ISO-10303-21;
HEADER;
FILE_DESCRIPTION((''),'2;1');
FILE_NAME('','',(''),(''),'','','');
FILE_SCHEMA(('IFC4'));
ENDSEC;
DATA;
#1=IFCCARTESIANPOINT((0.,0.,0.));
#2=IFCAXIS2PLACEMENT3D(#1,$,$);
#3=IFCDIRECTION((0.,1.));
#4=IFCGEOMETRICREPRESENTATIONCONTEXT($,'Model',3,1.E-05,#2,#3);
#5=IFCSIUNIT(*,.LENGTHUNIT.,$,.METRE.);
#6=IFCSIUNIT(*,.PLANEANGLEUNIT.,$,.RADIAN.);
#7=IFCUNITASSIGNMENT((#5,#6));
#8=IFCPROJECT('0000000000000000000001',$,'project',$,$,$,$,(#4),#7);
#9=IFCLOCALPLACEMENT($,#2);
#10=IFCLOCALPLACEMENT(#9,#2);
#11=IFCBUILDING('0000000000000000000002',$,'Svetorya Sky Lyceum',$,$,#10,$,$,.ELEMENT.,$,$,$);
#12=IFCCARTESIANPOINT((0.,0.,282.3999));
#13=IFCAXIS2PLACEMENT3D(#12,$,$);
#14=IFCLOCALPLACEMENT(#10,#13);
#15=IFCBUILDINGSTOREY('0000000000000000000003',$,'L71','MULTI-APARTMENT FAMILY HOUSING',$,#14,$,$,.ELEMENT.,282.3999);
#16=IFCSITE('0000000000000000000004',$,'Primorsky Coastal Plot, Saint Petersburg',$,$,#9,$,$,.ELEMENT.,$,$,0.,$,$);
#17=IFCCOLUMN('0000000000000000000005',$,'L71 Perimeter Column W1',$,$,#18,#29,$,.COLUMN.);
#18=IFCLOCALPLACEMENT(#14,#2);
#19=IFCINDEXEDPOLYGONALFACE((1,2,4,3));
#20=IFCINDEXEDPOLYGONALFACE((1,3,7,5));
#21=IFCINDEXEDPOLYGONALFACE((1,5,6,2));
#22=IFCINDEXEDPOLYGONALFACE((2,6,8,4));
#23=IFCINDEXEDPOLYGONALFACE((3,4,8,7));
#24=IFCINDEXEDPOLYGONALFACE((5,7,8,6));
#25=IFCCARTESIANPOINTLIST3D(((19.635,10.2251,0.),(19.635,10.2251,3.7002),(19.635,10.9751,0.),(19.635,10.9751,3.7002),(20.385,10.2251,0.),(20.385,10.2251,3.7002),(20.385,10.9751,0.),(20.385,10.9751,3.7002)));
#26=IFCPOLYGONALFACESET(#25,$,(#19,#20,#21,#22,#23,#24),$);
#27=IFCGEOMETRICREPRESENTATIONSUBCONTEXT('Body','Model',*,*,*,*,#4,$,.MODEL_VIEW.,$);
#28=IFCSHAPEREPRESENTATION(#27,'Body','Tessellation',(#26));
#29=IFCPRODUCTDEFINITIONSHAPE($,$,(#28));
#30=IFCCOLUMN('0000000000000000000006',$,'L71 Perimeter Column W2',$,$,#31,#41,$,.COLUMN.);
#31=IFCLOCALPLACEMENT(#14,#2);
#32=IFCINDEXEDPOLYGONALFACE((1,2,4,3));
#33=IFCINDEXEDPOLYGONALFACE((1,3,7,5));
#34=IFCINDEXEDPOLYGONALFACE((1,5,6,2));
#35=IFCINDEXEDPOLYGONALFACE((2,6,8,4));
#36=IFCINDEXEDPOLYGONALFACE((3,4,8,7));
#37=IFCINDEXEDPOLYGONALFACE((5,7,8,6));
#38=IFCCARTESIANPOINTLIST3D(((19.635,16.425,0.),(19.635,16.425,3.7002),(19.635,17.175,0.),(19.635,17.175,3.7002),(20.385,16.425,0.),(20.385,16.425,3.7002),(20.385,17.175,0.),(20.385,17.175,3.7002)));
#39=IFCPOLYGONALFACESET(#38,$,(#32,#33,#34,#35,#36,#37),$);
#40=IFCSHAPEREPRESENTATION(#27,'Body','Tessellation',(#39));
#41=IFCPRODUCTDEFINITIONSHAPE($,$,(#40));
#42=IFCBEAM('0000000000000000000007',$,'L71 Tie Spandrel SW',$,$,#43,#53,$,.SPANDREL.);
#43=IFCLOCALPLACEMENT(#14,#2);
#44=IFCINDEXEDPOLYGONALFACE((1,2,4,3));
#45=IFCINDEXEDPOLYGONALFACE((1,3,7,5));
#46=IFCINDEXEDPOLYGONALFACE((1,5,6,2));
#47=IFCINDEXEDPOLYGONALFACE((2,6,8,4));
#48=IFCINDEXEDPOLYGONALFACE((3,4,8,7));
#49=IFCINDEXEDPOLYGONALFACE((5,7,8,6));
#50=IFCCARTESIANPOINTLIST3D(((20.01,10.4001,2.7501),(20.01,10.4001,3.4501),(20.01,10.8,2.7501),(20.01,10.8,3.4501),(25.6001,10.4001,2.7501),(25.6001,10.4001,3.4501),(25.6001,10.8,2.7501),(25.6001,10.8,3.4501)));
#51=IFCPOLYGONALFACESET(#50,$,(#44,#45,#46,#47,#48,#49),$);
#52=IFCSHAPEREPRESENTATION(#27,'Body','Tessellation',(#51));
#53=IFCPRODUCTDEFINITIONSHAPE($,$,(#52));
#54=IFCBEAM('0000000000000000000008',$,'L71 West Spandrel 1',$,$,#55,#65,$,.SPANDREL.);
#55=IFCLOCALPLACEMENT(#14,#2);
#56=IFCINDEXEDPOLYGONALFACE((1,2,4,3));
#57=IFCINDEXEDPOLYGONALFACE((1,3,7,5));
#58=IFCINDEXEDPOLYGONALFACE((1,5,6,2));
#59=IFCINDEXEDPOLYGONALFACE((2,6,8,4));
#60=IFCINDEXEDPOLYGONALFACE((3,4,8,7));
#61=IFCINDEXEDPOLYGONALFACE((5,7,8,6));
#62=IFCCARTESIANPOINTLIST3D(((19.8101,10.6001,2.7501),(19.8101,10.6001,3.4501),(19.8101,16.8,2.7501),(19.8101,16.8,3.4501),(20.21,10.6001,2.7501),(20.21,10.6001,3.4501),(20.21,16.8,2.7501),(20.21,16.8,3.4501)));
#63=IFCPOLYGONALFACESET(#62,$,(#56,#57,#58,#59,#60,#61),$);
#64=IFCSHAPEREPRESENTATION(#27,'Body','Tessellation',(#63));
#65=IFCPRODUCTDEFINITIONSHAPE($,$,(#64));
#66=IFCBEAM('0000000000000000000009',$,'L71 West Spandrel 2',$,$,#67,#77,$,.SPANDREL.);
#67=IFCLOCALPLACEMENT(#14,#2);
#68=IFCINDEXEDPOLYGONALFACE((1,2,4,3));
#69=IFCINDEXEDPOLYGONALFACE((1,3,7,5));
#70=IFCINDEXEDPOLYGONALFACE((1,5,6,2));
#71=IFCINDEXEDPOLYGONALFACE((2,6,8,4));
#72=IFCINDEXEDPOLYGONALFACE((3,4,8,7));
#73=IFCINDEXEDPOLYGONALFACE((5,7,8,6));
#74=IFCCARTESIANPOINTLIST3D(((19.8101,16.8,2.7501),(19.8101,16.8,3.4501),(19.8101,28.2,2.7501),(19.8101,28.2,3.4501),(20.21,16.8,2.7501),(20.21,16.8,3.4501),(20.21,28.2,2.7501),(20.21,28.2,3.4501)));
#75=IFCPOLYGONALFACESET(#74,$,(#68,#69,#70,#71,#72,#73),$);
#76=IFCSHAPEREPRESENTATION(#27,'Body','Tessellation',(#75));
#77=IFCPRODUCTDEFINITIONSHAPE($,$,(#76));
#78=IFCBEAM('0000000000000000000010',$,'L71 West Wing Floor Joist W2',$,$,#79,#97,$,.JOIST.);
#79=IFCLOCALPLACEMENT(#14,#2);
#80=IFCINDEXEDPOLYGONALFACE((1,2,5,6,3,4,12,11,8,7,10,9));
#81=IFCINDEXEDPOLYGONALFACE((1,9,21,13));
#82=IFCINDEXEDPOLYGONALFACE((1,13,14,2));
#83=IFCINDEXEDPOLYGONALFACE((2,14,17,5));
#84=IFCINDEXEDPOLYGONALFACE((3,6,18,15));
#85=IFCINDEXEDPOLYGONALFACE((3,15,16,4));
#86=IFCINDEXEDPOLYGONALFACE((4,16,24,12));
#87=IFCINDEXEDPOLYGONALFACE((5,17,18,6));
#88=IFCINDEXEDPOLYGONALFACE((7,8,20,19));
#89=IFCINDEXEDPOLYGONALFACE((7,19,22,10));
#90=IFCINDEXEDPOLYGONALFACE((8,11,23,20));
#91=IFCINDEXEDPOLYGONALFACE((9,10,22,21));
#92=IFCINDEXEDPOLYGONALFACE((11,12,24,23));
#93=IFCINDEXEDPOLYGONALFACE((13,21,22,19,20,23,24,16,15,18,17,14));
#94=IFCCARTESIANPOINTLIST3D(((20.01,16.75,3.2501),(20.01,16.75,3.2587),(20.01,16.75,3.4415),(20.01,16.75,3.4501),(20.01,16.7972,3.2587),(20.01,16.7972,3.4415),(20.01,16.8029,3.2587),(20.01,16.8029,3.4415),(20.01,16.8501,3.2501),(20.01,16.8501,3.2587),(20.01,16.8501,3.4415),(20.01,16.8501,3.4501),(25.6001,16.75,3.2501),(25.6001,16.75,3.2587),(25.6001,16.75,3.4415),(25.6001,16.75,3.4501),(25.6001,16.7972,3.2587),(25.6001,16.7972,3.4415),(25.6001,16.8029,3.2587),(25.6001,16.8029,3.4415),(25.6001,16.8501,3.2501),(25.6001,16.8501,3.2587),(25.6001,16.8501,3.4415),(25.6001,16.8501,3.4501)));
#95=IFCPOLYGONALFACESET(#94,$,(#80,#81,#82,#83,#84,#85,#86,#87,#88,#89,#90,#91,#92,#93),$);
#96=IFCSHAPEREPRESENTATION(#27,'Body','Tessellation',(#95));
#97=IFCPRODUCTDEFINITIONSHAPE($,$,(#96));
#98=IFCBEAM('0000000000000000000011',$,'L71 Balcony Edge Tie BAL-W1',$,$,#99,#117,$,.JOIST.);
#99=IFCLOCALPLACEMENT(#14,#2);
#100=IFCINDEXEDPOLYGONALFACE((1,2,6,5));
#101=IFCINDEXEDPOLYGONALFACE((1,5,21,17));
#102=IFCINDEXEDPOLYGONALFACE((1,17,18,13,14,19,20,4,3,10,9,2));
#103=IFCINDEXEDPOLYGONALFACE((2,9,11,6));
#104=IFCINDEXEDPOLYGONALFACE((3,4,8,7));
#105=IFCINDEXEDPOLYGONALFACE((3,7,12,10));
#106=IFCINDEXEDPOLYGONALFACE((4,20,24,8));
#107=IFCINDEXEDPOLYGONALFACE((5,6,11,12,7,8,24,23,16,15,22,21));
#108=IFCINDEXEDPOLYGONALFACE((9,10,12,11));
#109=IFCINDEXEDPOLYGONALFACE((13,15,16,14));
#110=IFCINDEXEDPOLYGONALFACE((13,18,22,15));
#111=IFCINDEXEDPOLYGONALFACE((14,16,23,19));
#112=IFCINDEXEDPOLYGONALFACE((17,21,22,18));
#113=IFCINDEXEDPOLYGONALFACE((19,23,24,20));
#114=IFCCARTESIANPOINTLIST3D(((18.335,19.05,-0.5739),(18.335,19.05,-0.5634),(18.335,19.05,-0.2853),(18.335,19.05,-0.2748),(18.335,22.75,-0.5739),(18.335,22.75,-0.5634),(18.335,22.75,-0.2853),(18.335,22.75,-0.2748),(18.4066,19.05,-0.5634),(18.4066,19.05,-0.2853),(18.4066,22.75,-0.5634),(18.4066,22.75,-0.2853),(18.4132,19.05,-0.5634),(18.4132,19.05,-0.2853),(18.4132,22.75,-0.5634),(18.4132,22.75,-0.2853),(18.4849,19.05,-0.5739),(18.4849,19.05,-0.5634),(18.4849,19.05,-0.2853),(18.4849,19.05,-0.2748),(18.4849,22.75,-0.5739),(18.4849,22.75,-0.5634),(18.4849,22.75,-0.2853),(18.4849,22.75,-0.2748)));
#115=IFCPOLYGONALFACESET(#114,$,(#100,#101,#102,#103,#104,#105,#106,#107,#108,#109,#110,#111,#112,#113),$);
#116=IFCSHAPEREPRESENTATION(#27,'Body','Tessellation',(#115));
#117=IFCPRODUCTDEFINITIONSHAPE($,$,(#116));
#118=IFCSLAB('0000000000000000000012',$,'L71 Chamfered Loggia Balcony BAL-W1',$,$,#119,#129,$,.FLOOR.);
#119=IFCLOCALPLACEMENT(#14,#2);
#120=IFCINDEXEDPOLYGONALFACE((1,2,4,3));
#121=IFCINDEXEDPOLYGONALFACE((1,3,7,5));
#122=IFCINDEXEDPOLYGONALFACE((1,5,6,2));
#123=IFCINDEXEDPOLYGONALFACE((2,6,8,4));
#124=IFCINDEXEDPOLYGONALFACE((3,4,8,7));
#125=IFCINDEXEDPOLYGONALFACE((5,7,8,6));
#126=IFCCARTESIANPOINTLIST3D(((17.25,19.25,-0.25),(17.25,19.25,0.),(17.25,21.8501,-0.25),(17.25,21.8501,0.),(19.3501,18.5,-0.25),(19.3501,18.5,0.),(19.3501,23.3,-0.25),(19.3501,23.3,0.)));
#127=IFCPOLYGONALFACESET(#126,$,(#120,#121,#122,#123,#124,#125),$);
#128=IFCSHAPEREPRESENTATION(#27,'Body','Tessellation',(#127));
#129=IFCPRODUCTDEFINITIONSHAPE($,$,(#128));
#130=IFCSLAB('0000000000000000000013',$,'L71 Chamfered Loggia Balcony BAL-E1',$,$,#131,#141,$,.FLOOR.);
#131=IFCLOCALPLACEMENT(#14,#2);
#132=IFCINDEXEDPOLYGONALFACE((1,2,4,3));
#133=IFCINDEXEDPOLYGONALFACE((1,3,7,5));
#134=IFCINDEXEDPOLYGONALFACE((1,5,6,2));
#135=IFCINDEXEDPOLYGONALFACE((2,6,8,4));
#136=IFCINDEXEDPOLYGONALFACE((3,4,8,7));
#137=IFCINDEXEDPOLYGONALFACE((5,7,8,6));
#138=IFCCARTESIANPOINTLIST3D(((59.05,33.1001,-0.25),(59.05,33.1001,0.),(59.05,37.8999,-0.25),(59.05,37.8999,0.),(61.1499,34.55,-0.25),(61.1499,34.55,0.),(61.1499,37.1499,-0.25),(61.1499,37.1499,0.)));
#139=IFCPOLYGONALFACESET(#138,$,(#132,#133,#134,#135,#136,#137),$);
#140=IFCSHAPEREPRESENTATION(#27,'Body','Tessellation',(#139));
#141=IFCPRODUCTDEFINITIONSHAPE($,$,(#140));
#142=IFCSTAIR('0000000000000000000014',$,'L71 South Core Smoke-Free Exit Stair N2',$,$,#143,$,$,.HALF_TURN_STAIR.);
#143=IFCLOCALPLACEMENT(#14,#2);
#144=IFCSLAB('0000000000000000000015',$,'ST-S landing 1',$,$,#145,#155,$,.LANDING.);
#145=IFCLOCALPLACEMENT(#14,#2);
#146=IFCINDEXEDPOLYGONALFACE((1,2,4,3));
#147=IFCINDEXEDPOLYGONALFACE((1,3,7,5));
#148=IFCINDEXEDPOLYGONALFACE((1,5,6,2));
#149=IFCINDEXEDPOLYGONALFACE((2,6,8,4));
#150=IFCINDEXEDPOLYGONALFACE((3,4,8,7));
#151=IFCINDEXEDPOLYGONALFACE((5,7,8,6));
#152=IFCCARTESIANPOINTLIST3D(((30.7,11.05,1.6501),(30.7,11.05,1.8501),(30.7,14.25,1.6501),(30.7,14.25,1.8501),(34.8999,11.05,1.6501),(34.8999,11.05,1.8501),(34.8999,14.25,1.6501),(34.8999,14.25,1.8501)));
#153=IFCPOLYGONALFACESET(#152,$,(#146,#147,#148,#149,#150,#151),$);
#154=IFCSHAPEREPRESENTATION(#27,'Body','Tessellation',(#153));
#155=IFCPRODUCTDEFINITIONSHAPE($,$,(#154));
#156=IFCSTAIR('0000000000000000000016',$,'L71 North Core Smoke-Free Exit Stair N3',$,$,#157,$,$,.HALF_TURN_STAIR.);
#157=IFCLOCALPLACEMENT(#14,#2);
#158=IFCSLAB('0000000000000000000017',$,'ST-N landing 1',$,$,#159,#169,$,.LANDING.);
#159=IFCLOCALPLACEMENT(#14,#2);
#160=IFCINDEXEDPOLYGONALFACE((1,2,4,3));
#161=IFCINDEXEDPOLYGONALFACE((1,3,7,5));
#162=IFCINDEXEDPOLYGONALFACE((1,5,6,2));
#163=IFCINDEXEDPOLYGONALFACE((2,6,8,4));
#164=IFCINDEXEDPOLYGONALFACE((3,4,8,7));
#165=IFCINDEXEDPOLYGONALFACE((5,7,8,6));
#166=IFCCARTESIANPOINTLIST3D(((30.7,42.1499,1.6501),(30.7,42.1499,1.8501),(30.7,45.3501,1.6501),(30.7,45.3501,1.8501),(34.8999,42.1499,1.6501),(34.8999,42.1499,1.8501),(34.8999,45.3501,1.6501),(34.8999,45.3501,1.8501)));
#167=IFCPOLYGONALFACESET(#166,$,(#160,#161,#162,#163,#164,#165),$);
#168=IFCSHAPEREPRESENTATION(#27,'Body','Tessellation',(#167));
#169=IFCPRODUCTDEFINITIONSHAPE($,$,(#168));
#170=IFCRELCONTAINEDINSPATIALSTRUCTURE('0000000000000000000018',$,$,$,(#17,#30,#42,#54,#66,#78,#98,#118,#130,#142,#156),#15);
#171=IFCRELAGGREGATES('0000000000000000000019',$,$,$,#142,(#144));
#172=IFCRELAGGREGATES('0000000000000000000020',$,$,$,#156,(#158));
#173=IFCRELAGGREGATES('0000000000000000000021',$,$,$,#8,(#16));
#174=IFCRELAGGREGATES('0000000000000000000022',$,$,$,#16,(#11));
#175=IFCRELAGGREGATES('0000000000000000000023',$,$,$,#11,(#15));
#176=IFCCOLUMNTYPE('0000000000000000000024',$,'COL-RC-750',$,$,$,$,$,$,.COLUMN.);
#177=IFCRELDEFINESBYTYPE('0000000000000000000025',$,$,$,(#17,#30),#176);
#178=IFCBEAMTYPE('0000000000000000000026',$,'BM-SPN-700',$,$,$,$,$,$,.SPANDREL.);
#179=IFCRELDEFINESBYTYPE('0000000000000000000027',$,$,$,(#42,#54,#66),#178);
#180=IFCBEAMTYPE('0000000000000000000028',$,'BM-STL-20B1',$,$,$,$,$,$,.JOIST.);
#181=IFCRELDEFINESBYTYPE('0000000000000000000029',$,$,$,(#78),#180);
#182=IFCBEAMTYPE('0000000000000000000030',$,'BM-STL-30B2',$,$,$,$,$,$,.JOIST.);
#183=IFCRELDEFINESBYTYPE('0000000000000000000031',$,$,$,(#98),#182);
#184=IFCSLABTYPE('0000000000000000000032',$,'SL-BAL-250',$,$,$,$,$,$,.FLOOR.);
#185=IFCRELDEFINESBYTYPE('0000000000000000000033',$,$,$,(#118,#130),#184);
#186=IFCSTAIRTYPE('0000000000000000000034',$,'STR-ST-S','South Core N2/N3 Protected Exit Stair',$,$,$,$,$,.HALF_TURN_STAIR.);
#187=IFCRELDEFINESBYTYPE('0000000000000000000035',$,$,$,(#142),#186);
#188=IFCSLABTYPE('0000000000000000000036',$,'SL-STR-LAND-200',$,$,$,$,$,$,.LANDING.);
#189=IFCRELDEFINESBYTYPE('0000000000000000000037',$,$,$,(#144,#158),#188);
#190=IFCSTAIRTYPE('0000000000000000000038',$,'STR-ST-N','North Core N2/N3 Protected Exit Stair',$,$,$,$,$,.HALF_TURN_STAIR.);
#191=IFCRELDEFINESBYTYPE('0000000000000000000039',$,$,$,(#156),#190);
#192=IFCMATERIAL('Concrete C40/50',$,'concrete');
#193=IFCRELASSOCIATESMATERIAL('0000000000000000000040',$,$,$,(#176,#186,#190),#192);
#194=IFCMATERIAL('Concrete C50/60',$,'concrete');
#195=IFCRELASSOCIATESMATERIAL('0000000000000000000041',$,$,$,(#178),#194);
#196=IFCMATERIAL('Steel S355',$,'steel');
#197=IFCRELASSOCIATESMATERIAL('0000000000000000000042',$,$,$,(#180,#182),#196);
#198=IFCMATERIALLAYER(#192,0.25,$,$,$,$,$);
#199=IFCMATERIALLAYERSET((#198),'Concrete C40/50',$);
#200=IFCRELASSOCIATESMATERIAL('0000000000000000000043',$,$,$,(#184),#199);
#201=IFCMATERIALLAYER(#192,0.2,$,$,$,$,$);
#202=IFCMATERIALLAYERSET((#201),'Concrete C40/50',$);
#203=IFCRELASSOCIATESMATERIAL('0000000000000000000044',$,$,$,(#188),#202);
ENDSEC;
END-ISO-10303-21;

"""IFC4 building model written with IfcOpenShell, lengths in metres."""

from ifc_helpers import new_model, si_unit, direction, frame, origin, origin_2d, place, context, subcontext, project, spatial, polyline, rectangle, i_section, outline, extrude, material, layer, layer_set, material_profile, profile_set, type_object, element, aggregate, save


model = new_model("IFC4")

# Units and contexts
model_context = context("Model", 3, precision=1e-05, world=origin(), true_north=direction((0.0, 1.0)))
body_context = subcontext(model_context, "Body", "Model", "MODEL_VIEW")
ifc_project = project(units=[si_unit("LENGTHUNIT", "METRE"), si_unit("PLANEANGLEUNIT", "RADIAN")], contexts=[model_context])

# Site, building, storey
site_placement = place(None, origin())
site = spatial("IfcSite", under=ifc_project, at=site_placement, Name="Primorsky Coastal Plot, Saint Petersburg", CompositionType="ELEMENT", RefElevation=0.0)
building_placement = place(site_placement, origin())
building = spatial("IfcBuilding", under=site, at=building_placement, Name="Svetorya Sky Lyceum", CompositionType="ELEMENT")
storey_placement = place(building_placement, frame((0.0, 0.0, 282.3999)))
storey = spatial("IfcBuildingStorey", under=building, at=storey_placement, Name="L71", Description="MULTI-APARTMENT FAMILY HOUSING", CompositionType="ELEMENT", Elevation=282.3999)

# Columns
ifc_material_1 = material(Name="Concrete C40/50", Category="concrete")
ifc_material_profile_1 = material_profile(ifc_material_1, rectangle(XDim=0.75, YDim=0.75, at=origin_2d()), Name="RC COL 750x750")
ifc_profile_set_1 = profile_set([ifc_material_profile_1], Name="Concrete C40/50")
column_type = type_object("IfcColumnType", Name="COL-RC-750", PredefinedType="COLUMN", material=ifc_profile_set_1)
for number, where, z_axis, x_axis, name in (
    (1, (20.01, 10.6001, 0.0), (0.0, 0.0, 1.0), (1.0, 0.0, 0.0), "L71 Perimeter Column W1"),
    (2, (20.01, 16.8, 0.0), (0.0, 0.0, 1.0), (1.0, 0.0, 0.0), "L71 Perimeter Column W2"),
):
    element("IfcColumn", number, at=place(storey_placement, frame(where, z_axis=z_axis, x_axis=x_axis)), inside=storey, type_object=column_type, Name=name, PredefinedType="COLUMN", context=body_context, shape_type="SweptSolid", body=[
        extrude(rectangle(XDim=0.75, YDim=0.75, at=origin_2d()), origin(), (0.0, 0.0, 1.0), 3.7002),
    ])

# Beams
ifc_material_2 = material(Name="Concrete C50/60", Category="concrete")
ifc_material_profile_2 = material_profile(ifc_material_2, rectangle(XDim=0.3999, YDim=0.7, at=origin_2d()), Name="RC SPANDREL 400x700")
ifc_profile_set_2 = profile_set([ifc_material_profile_2], Name="Concrete C50/60")
beam_type_1 = type_object("IfcBeamType", Name="BM-SPN-700", PredefinedType="SPANDREL", material=ifc_profile_set_2)
beam_1_placement = place(storey_placement, frame((20.01, 10.6001, 3.1001), z_axis=(1.0, 0.0, 0.0), x_axis=(0.0, 1.0, 0.0)))
element("IfcBeam", 3, at=beam_1_placement, inside=storey, type_object=beam_type_1, Name="L71 Tie Spandrel SW", PredefinedType="SPANDREL", context=body_context, shape_type="SweptSolid", body=[
    extrude(rectangle(XDim=0.3999, YDim=0.7, at=origin_2d()), origin(), (0.0, 0.0, 1.0), 5.5901),
])
beam_2_placement = place(storey_placement, frame((20.01, 10.6001, 3.1001), z_axis=(0.0, 1.0, 0.0), x_axis=(-1.0, 0.0, 0.0)))
element("IfcBeam", 4, at=beam_2_placement, inside=storey, type_object=beam_type_1, Name="L71 West Spandrel 1", PredefinedType="SPANDREL", context=body_context, shape_type="SweptSolid", body=[
    extrude(rectangle(XDim=0.3999, YDim=0.7, at=origin_2d()), origin(), (0.0, 0.0, 1.0), 6.2),
])
beam_3_placement = place(storey_placement, frame((20.01, 16.8, 3.1001), z_axis=(0.0, 1.0, 0.0), x_axis=(-1.0, 0.0, 0.0)))
element("IfcBeam", 5, at=beam_3_placement, inside=storey, type_object=beam_type_1, Name="L71 West Spandrel 2", PredefinedType="SPANDREL", context=body_context, shape_type="SweptSolid", body=[
    extrude(rectangle(XDim=0.3999, YDim=0.7, at=origin_2d()), origin(), (0.0, 0.0, 1.0), 11.3999),
])
ifc_material_3 = material(Name="Steel S355", Category="steel")
ifc_material_profile_3 = material_profile(ifc_material_3, i_section(OverallWidth=0.1001, OverallDepth=0.2, WebThickness=0.0056, FlangeThickness=0.0085, at=origin_2d()), Name="GOST 20B1")
ifc_profile_set_3 = profile_set([ifc_material_profile_3], Name="Steel S355")
beam_type_2 = type_object("IfcBeamType", Name="BM-STL-20B1", PredefinedType="JOIST", material=ifc_profile_set_3)
beam_4_placement = place(storey_placement, frame((20.01, 16.8, 3.3501), z_axis=(1.0, 0.0, 0.0), x_axis=(0.0, 1.0, 0.0)))
element("IfcBeam", 6, at=beam_4_placement, inside=storey, type_object=beam_type_2, Name="L71 West Wing Floor Joist W2", PredefinedType="JOIST", context=body_context, shape_type="SweptSolid", body=[
    extrude(i_section(OverallWidth=0.1001, OverallDepth=0.2, WebThickness=0.0056, FlangeThickness=0.0085, at=origin_2d()), origin(), (0.0, 0.0, 1.0), 5.5901),
])
ifc_material_profile_4 = material_profile(ifc_material_3, i_section(OverallWidth=0.1499, OverallDepth=0.2991, WebThickness=0.0066, FlangeThickness=0.0105, at=origin_2d()), Name="GOST 30B2")
ifc_profile_set_4 = profile_set([ifc_material_profile_4], Name="Steel S355")
beam_type_3 = type_object("IfcBeamType", Name="BM-STL-30B2", PredefinedType="JOIST", material=ifc_profile_set_4)
beam_5_placement = place(storey_placement, frame((18.4099, 19.05, -0.4243), z_axis=(0.0, 1.0, 0.0), x_axis=(-1.0, 0.0, 0.0)))
element("IfcBeam", 7, at=beam_5_placement, inside=storey, type_object=beam_type_3, Name="L71 Balcony Edge Tie BAL-W1", PredefinedType="JOIST", context=body_context, shape_type="SweptSolid", body=[
    extrude(i_section(OverallWidth=0.1499, OverallDepth=0.2991, WebThickness=0.0066, FlangeThickness=0.0105, at=origin_2d()), origin(), (0.0, 0.0, 1.0), 3.7),
])

# Slabs
ifc_layer_1 = layer(ifc_material_1, 0.25)
ifc_layer_set_1 = layer_set([ifc_layer_1], Name="Concrete C40/50")
slab_type_1 = type_object("IfcSlabType", Name="SL-BAL-250", PredefinedType="FLOOR", material=ifc_layer_set_1)
slab_1_placement = place(storey_placement, frame((0.0, 0.0, -0.25)))
element("IfcSlab", 8, at=slab_1_placement, inside=storey, type_object=slab_type_1, Name="L71 Chamfered Loggia Balcony BAL-W1", PredefinedType="FLOOR", context=body_context, shape_type="SweptSolid", body=[
    extrude(outline(polyline([(19.3501, 18.5), (19.3501, 23.3), (17.25, 21.8501), (17.25, 19.25), (19.3501, 18.5)])), origin(), (0.0, 0.0, 1.0), 0.25),
])
slab_2_placement = place(storey_placement, frame((0.0, 0.0, -0.25)))
element("IfcSlab", 9, at=slab_2_placement, inside=storey, type_object=slab_type_1, Name="L71 Chamfered Loggia Balcony BAL-E1", PredefinedType="FLOOR", context=body_context, shape_type="SweptSolid", body=[
    extrude(outline(polyline([(59.05, 33.1001), (61.1499, 34.55), (61.1499, 37.1499), (59.05, 37.8999), (59.05, 33.1001)])), origin(), (0.0, 0.0, 1.0), 0.25),
])

# Stairs, slabs
stair_type_1 = type_object("IfcStairType", Name="STR-ST-S", Description="South Core N2/N3 Protected Exit Stair", PredefinedType="HALF_TURN_STAIR", material=ifc_material_1)
stair_1_placement = place(storey_placement, origin())
stair_1 = element("IfcStair", 10, at=stair_1_placement, inside=storey, type_object=stair_type_1, Name="L71 South Core Smoke-Free Exit Stair N2", PredefinedType="HALF_TURN_STAIR")
ifc_layer_2 = layer(ifc_material_1, 0.2)
ifc_layer_set_2 = layer_set([ifc_layer_2], Name="Concrete C40/50")
slab_type_2 = type_object("IfcSlabType", Name="SL-STR-LAND-200", PredefinedType="LANDING", material=ifc_layer_set_2)
slab_3_placement = place(storey_placement, frame((0.0, 0.0, 1.6501)))
slab_3 = element("IfcSlab", 11, at=slab_3_placement, type_object=slab_type_2, Name="ST-S landing 1", PredefinedType="LANDING", context=body_context, shape_type="SweptSolid", body=[
    extrude(outline(polyline([(30.7, 11.05), (34.8999, 11.05), (34.8999, 14.25), (30.7, 14.25), (30.7, 11.05)])), origin(), (0.0, 0.0, 1.0), 0.2),
])
aggregate(stair_1, [slab_3])
stair_type_2 = type_object("IfcStairType", Name="STR-ST-N", Description="North Core N2/N3 Protected Exit Stair", PredefinedType="HALF_TURN_STAIR", material=ifc_material_1)
stair_2_placement = place(storey_placement, origin())
stair_2 = element("IfcStair", 12, at=stair_2_placement, inside=storey, type_object=stair_type_2, Name="L71 North Core Smoke-Free Exit Stair N3", PredefinedType="HALF_TURN_STAIR")
slab_4_placement = place(storey_placement, frame((0.0, 0.0, 1.6501)))
slab_4 = element("IfcSlab", 13, at=slab_4_placement, type_object=slab_type_2, Name="ST-N landing 1", PredefinedType="LANDING", context=body_context, shape_type="SweptSolid", body=[
    extrude(outline(polyline([(30.7, 42.1499), (34.8999, 42.1499), (34.8999, 45.3501), (30.7, 45.3501), (30.7, 42.1499)])), origin(), (0.0, 0.0, 1.0), 0.2),
])
aggregate(stair_2, [slab_4])

save(model, "model.ifc")
